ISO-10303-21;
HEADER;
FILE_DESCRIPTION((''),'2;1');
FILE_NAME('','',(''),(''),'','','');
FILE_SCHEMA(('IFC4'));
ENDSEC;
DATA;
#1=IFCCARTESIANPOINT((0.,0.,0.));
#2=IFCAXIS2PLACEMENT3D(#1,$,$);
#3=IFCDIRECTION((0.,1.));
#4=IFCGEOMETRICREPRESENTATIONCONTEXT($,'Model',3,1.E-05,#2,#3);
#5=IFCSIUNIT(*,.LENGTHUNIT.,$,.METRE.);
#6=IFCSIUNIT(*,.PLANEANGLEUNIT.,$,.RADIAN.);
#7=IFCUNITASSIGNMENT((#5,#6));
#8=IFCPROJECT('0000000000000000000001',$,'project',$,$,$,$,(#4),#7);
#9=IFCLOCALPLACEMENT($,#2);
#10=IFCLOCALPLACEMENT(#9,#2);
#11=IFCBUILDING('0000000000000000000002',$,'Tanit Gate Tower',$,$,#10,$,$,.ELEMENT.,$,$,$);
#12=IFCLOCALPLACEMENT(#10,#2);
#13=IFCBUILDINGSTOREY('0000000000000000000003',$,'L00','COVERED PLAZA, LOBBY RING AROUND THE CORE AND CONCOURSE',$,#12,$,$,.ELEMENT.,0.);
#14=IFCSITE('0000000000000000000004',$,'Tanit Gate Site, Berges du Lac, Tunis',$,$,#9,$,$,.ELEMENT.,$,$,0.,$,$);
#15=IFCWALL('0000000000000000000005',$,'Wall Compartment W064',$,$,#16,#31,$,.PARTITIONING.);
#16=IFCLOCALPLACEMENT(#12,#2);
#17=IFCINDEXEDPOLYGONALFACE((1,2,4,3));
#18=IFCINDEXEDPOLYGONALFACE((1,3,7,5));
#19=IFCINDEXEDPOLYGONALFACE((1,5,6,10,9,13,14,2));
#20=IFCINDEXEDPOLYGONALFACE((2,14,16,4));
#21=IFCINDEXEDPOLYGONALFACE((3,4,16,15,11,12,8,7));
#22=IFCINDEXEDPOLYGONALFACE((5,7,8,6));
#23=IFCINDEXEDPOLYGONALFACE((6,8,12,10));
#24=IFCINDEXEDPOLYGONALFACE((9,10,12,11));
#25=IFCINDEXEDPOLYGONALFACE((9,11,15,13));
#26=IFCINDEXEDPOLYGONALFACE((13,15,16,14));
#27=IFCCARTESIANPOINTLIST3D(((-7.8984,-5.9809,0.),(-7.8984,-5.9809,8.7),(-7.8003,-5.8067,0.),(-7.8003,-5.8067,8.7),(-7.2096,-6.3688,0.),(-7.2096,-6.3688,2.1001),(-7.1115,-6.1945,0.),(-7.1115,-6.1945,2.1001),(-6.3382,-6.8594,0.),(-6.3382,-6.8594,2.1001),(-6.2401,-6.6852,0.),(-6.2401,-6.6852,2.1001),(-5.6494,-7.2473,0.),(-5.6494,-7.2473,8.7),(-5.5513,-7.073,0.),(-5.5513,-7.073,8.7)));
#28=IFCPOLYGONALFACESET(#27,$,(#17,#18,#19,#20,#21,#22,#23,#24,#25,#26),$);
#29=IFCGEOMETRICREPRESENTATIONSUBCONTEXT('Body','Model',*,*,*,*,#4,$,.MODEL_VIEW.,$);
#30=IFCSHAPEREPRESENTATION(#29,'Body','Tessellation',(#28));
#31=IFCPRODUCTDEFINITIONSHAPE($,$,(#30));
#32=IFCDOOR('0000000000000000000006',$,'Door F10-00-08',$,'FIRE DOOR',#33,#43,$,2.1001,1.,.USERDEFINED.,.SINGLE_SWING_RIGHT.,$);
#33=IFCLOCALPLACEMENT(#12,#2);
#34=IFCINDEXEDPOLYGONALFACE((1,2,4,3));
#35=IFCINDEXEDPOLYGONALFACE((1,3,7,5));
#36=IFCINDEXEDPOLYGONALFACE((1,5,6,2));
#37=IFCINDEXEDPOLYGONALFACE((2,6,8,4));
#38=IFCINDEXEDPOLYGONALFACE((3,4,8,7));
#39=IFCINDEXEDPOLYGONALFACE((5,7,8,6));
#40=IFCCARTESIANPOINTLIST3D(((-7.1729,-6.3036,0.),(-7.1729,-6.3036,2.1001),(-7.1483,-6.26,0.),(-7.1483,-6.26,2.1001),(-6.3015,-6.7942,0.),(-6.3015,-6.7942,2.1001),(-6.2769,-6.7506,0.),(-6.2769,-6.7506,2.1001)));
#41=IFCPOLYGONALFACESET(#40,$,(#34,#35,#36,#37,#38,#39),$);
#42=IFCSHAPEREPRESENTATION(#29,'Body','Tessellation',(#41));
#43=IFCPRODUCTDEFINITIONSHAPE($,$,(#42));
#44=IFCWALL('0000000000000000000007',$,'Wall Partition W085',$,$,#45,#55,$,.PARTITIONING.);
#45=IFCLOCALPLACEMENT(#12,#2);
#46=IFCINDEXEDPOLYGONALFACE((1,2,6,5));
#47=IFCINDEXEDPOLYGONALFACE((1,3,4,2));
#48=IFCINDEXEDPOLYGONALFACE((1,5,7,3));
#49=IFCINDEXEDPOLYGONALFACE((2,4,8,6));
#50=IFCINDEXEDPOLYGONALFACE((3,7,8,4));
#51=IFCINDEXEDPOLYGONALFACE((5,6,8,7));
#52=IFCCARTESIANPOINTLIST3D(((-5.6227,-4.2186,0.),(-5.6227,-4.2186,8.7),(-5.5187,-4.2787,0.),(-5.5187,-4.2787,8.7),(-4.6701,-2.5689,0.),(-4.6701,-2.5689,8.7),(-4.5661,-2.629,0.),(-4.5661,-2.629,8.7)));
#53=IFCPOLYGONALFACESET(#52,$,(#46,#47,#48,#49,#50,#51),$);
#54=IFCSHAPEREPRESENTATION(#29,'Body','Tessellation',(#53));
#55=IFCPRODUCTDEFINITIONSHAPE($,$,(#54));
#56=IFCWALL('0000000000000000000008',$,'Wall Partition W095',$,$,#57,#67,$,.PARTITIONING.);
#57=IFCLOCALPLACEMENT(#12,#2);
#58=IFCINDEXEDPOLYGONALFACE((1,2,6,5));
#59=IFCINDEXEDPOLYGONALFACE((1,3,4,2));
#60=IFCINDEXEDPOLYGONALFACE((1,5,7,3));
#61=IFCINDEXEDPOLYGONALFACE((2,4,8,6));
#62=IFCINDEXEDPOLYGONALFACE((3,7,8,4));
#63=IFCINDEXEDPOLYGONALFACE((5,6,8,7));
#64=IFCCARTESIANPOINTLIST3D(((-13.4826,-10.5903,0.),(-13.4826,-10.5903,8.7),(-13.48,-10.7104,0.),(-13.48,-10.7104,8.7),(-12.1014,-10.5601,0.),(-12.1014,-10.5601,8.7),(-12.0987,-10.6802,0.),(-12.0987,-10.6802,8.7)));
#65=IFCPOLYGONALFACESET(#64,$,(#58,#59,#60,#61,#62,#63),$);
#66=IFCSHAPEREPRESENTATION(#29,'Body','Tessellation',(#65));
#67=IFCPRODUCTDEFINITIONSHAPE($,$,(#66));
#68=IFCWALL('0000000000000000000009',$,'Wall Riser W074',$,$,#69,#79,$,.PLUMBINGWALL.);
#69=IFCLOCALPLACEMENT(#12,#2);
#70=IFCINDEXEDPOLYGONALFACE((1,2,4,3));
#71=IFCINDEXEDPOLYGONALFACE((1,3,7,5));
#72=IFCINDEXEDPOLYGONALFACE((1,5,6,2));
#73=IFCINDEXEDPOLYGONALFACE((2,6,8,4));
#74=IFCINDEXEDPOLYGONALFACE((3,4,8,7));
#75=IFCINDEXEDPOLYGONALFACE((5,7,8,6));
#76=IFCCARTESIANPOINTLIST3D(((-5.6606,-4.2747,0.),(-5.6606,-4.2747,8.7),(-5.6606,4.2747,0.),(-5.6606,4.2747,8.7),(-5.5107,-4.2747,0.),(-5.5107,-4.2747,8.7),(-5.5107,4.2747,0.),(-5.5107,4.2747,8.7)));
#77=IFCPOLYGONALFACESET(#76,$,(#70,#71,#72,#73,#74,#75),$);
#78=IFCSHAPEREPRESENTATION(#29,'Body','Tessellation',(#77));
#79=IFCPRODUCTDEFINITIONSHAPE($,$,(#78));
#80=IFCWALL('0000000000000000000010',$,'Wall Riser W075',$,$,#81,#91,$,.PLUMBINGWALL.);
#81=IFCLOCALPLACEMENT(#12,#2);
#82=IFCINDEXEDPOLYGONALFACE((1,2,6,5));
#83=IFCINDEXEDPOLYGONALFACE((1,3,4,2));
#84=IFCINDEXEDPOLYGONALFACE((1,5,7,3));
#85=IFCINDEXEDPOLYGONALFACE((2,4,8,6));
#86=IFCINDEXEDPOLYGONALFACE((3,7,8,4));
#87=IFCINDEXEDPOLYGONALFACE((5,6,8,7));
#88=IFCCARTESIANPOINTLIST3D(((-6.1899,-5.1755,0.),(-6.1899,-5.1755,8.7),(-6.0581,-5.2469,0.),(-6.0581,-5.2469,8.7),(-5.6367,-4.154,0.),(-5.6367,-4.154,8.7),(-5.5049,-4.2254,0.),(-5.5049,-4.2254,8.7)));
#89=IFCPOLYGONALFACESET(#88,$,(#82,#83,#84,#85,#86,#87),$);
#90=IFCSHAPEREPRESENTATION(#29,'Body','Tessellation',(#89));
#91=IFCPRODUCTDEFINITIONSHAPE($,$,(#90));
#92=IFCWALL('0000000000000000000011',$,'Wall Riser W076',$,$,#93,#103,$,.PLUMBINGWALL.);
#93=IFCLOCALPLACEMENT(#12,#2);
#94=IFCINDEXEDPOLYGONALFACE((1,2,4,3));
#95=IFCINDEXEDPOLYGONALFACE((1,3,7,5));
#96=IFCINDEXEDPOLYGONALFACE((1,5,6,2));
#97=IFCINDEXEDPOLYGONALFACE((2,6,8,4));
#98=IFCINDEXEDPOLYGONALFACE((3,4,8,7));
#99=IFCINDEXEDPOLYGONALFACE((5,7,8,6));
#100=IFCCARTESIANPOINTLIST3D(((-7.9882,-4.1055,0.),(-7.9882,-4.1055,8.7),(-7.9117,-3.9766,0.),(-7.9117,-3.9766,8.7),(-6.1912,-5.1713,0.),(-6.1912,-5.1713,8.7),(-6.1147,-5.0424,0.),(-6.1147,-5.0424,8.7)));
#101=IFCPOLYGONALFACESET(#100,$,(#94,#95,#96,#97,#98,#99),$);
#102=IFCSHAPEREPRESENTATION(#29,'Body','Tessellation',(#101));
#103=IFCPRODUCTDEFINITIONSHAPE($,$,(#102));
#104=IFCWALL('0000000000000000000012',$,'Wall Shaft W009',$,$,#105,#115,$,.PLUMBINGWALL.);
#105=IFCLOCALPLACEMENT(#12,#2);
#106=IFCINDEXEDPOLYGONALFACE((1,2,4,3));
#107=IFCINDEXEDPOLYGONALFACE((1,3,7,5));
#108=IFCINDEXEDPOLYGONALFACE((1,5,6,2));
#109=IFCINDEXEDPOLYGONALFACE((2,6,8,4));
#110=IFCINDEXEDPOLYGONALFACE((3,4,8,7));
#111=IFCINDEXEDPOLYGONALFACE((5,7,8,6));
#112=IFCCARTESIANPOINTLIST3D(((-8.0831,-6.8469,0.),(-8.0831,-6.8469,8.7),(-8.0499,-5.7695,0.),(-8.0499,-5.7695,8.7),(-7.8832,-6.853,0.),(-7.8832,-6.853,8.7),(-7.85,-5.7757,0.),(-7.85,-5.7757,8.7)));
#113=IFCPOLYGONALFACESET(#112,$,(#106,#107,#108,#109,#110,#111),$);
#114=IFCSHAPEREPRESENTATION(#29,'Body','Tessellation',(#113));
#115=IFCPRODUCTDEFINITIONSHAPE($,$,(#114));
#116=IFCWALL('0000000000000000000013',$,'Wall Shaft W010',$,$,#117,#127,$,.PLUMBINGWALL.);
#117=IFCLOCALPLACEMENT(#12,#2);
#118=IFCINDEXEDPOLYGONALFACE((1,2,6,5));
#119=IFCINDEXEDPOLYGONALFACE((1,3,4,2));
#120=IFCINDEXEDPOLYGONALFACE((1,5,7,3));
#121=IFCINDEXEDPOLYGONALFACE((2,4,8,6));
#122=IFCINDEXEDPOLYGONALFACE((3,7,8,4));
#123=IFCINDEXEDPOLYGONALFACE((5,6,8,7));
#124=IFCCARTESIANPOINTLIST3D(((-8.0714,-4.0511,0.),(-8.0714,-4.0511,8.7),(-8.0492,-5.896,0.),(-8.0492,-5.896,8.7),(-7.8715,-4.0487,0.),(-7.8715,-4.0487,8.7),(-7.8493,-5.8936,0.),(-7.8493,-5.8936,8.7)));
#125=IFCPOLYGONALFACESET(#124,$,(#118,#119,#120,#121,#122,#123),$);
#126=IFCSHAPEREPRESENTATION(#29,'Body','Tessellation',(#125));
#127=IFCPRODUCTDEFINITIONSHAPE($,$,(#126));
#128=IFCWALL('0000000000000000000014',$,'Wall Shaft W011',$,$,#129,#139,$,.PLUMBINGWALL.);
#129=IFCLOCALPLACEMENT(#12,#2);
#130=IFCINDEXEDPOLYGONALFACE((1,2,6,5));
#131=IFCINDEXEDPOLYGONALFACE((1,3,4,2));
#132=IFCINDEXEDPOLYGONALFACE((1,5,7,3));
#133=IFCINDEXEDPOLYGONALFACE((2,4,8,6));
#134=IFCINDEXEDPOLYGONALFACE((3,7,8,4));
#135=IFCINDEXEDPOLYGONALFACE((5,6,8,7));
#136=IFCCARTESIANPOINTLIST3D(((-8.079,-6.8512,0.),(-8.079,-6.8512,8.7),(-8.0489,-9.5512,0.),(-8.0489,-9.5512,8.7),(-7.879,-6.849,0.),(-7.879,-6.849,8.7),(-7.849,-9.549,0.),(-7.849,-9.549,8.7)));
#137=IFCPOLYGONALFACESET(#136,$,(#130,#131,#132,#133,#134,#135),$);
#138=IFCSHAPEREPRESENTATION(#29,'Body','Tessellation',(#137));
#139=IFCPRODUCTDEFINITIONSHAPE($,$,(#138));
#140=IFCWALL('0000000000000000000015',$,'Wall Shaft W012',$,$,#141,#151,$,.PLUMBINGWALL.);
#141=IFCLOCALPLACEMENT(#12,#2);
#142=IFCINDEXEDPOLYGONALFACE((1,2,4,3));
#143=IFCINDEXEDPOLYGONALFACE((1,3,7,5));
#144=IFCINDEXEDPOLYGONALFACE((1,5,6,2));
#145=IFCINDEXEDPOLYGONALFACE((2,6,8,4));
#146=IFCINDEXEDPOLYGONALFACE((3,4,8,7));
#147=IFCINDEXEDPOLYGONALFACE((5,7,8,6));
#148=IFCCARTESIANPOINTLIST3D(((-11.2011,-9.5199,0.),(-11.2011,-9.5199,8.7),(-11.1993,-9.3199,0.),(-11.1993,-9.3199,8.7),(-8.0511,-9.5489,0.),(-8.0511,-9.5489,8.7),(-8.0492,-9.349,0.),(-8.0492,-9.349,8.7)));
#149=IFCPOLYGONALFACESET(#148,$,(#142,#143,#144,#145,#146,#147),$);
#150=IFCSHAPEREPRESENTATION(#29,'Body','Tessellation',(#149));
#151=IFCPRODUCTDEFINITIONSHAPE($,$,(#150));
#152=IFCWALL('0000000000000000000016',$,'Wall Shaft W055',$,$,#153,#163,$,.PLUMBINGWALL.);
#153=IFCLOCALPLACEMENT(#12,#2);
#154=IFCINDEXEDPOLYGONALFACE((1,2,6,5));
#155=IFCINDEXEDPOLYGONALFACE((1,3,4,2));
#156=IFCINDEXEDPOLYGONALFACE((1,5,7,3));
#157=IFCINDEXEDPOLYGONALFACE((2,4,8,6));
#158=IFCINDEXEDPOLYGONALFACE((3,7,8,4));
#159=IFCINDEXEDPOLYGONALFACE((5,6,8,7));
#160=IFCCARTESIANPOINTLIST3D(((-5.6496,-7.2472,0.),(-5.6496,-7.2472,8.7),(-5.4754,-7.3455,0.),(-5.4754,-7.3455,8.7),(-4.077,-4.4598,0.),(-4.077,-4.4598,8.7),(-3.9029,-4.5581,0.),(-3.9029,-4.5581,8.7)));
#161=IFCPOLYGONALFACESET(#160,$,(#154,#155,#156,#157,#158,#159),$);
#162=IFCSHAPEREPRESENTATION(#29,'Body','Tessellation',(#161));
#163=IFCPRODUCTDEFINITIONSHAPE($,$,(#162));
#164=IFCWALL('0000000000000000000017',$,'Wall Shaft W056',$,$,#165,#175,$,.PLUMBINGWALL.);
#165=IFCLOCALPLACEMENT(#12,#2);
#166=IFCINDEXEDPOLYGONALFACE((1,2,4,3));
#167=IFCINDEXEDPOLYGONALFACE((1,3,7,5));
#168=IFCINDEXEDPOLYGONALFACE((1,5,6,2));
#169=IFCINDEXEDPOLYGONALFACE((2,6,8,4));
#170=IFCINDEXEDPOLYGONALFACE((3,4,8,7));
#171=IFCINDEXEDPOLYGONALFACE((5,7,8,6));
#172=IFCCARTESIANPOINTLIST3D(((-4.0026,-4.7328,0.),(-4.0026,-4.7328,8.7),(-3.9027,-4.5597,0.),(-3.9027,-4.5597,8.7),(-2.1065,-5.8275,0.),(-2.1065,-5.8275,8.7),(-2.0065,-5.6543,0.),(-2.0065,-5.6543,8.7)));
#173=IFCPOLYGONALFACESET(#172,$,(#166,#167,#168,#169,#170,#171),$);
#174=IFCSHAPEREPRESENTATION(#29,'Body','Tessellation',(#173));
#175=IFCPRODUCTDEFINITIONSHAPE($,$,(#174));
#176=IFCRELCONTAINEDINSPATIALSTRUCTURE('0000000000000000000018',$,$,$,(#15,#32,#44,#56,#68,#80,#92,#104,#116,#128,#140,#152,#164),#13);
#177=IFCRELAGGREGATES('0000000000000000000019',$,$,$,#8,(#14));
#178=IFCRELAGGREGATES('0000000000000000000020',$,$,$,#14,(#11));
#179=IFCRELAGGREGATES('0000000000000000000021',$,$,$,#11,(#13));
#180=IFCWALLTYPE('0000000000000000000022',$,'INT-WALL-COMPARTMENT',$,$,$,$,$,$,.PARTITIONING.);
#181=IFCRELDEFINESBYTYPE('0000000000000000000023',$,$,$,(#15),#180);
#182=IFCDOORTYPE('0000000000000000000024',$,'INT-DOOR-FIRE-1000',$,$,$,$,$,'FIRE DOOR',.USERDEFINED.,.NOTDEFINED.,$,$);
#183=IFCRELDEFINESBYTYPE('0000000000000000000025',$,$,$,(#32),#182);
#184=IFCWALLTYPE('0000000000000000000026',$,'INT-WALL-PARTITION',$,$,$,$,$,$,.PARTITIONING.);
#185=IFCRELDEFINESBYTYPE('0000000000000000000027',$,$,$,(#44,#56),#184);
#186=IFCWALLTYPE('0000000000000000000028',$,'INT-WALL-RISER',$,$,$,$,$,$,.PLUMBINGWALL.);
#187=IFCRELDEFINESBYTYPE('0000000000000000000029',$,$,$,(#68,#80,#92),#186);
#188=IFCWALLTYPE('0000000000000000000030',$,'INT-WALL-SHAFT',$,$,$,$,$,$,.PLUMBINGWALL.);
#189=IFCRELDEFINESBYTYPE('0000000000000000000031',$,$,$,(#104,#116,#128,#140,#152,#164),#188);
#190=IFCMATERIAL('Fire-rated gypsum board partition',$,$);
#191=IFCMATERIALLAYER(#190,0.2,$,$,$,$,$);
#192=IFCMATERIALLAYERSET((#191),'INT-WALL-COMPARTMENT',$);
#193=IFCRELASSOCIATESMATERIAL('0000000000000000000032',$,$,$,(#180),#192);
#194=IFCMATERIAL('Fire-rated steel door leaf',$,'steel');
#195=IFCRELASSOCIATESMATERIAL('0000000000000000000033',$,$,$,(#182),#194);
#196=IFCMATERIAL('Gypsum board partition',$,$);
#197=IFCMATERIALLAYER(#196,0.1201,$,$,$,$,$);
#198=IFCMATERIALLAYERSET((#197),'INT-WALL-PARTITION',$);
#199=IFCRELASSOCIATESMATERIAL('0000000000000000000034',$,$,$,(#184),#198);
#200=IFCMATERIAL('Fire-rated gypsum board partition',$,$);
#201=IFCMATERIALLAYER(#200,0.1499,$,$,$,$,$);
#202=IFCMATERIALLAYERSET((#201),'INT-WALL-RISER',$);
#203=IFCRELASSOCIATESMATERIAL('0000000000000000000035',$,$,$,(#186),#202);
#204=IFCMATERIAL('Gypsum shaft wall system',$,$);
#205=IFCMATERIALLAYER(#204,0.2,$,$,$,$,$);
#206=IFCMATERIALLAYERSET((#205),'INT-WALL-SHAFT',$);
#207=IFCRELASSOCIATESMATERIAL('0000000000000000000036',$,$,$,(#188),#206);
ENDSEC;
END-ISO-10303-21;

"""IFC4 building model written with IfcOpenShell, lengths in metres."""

from ifc_helpers import new_model, si_unit, direction, frame, frame_2d, origin, place, context, subcontext, project, spatial, rectangle, extrude, material, layer, layer_set, type_object, element, fill, save


model = new_model("IFC4")

# Units and contexts
model_context = context("Model", 3, precision=1e-05, world=origin(), true_north=direction((0.0, 1.0)))
body_context = subcontext(model_context, "Body", "Model", "MODEL_VIEW")
ifc_project = project(units=[si_unit("LENGTHUNIT", "METRE"), si_unit("PLANEANGLEUNIT", "RADIAN")], contexts=[model_context])

# Site, building, storey
site_placement = place(None, origin())
site = spatial("IfcSite", under=ifc_project, at=site_placement, Name="Tanit Gate Site, Berges du Lac, Tunis", CompositionType="ELEMENT", RefElevation=0.0)
building_placement = place(site_placement, origin())
building = spatial("IfcBuilding", under=site, at=building_placement, Name="Tanit Gate Tower", CompositionType="ELEMENT")
storey_placement = place(building_placement, origin())
storey = spatial("IfcBuildingStorey", under=building, at=storey_placement, Name="L00", Description="COVERED PLAZA, LOBBY RING AROUND THE CORE AND CONCOURSE", CompositionType="ELEMENT", Elevation=0.0)

# Wall, opening, door
ifc_material_1 = material(Name="Fire-rated gypsum board partition")
ifc_layer_1 = layer(ifc_material_1, 0.2)
ifc_layer_set_1 = layer_set([ifc_layer_1], Name="INT-WALL-COMPARTMENT")
wall_type_1 = type_object("IfcWallType", Name="INT-WALL-COMPARTMENT", PredefinedType="PARTITIONING", material=ifc_layer_set_1)
wall_1_placement = place(storey_placement, frame((-7.8494, -5.8938, 0.0), z_axis=(0.0, 0.0, 1.0), x_axis=(0.871363, -0.490638, 0.0)))
wall_1 = element("IfcWall", 1, at=wall_1_placement, inside=storey, type_object=wall_type_1, Name="Wall Compartment W064", PredefinedType="PARTITIONING", context=body_context, shape_type="SweptSolid", body=[
    extrude(rectangle(XDim=2.5811, YDim=0.2, at=frame_2d((1.2905, 0.0))), origin(), (0.0, 0.0, 1.0), 8.7),
])
opening_1_placement = place(wall_1_placement, frame((0.7905, 0.0, 0.0)))
opening_1 = element("IfcOpeningElement", 2, at=opening_1_placement, cuts=wall_1, PredefinedType="OPENING", context=body_context, shape_type="SweptSolid", body=[
    extrude(rectangle(XDim=1.0, YDim=2.1001, at=frame_2d((0.5, 1.05))), frame((0.0, 0.1099, 0.0), z_axis=(0.0, -1.0, 0.0), x_axis=(1.0, 0.0, 0.0)), (0.0, 0.0, 1.0), 0.22),
])
ifc_material_2 = material(Name="Fire-rated steel door leaf", Category="steel")
door_type_1 = type_object("IfcDoorType", Name="INT-DOOR-FIRE-1000", ElementType="FIRE DOOR", OperationType="NOTDEFINED", PredefinedType="USERDEFINED", material=ifc_material_2)
door_1_placement = place(opening_1_placement, origin())
door_1 = element("IfcDoor", 3, at=door_1_placement, inside=storey, type_object=door_type_1, Name="Door F10-00-08", ObjectType="FIRE DOOR", OperationType="SINGLE_SWING_RIGHT", OverallHeight=2.1001, OverallWidth=1.0, PredefinedType="USERDEFINED", context=body_context, shape_type="SweptSolid", body=[
    extrude(rectangle(XDim=1.0, YDim=2.1001, at=frame_2d((0.5, 1.05))), frame((0.0, 0.0249, 0.0), z_axis=(0.0, -1.0, 0.0), x_axis=(1.0, 0.0, 0.0)), (0.0, 0.0, 1.0), 0.05),
])
fill(opening_1, door_1)

# Walls
ifc_material_3 = material(Name="Gypsum board partition")
ifc_layer_2 = layer(ifc_material_3, 0.1201)
ifc_layer_set_2 = layer_set([ifc_layer_2], Name="INT-WALL-PARTITION")
wall_type_2 = type_object("IfcWallType", Name="INT-WALL-PARTITION", PredefinedType="PARTITIONING", material=ifc_layer_set_2)
wall_2_placement = place(storey_placement, frame((-5.5708, -4.2488, 0.0), z_axis=(0.0, 0.0, 1.0), x_axis=(0.500081, 0.865979, 0.0)))
element("IfcWall", 4, at=wall_2_placement, inside=storey, type_object=wall_type_2, Name="Wall Partition W085", PredefinedType="PARTITIONING", context=body_context, shape_type="SweptSolid", body=[
    extrude(rectangle(XDim=1.905, YDim=0.1201, at=frame_2d((0.9526, 0.0))), origin(), (0.0, 0.0, 1.0), 8.7),
])
wall_3_placement = place(storey_placement, frame((-13.4814, -10.6504, 0.0), z_axis=(0.0, 0.0, 1.0), x_axis=(0.99976, 0.021911, 0.0)))
element("IfcWall", 5, at=wall_3_placement, inside=storey, type_object=wall_type_2, Name="Wall Partition W095", PredefinedType="PARTITIONING", context=body_context, shape_type="SweptSolid", body=[
    extrude(rectangle(XDim=1.3816, YDim=0.1201, at=frame_2d((0.6909, 0.0))), origin(), (0.0, 0.0, 1.0), 8.7),
])
ifc_material_4 = material(Name="Fire-rated gypsum board partition")
ifc_layer_3 = layer(ifc_material_4, 0.1499)
ifc_layer_set_3 = layer_set([ifc_layer_3], Name="INT-WALL-RISER")
wall_type_3 = type_object("IfcWallType", Name="INT-WALL-RISER", PredefinedType="PLUMBINGWALL", material=ifc_layer_set_3)
wall_4_placement = place(storey_placement, frame((-5.5857, -4.2747, 0.0), z_axis=(0.0, 0.0, 1.0), x_axis=(0.0, 1.0, 0.0)))
element("IfcWall", 6, at=wall_4_placement, inside=storey, type_object=wall_type_3, Name="Wall Riser W074", PredefinedType="PLUMBINGWALL", context=body_context, shape_type="SweptSolid", body=[
    extrude(rectangle(XDim=8.5493, YDim=0.1499, at=frame_2d((4.2747, 0.0))), origin(), (0.0, 0.0, 1.0), 8.7),
])
wall_5_placement = place(storey_placement, frame((-6.124, -5.2112, 0.0), z_axis=(0.0, 0.0, 1.0), x_axis=(0.476229, 0.879321, 0.0)))
element("IfcWall", 7, at=wall_5_placement, inside=storey, type_object=wall_type_3, Name="Wall Riser W075", PredefinedType="PLUMBINGWALL", context=body_context, shape_type="SweptSolid", body=[
    extrude(rectangle(XDim=1.1616, YDim=0.1499, at=frame_2d((0.5808, 0.0))), origin(), (0.0, 0.0, 1.0), 8.7),
])
wall_6_placement = place(storey_placement, frame((-7.95, -4.041, 0.0), z_axis=(0.0, 0.0, 1.0), x_axis=(0.86009, -0.510142, 0.0)))
element("IfcWall", 8, at=wall_6_placement, inside=storey, type_object=wall_type_3, Name="Wall Riser W076", PredefinedType="PLUMBINGWALL", context=body_context, shape_type="SweptSolid", body=[
    extrude(rectangle(XDim=2.0894, YDim=0.1499, at=frame_2d((1.0447, 0.0))), origin(), (0.0, 0.0, 1.0), 8.7),
])
ifc_material_5 = material(Name="Gypsum shaft wall system")
ifc_layer_4 = layer(ifc_material_5, 0.2)
ifc_layer_set_4 = layer_set([ifc_layer_4], Name="INT-WALL-SHAFT")
wall_type_4 = type_object("IfcWallType", Name="INT-WALL-SHAFT", PredefinedType="PLUMBINGWALL", material=ifc_layer_set_4)
wall_7_placement = place(storey_placement, frame((-7.95, -5.7725, 0.0), z_axis=(0.0, 0.0, 1.0), x_axis=(-0.030803, -0.999525, 0.0)))
element("IfcWall", 9, at=wall_7_placement, inside=storey, type_object=wall_type_4, Name="Wall Shaft W009", PredefinedType="PLUMBINGWALL", context=body_context, shape_type="SweptSolid", body=[
    extrude(rectangle(XDim=1.0779, YDim=0.2, at=frame_2d((0.5391, 0.0))), origin(), (0.0, 0.0, 1.0), 8.7),
])
wall_8_placement = place(storey_placement, frame((-7.9714, -4.05, 0.0), z_axis=(0.0, 0.0, 1.0), x_axis=(0.012043, -0.999927, 0.0)))
element("IfcWall", 10, at=wall_8_placement, inside=storey, type_object=wall_type_4, Name="Wall Shaft W010", PredefinedType="PLUMBINGWALL", context=body_context, shape_type="SweptSolid", body=[
    extrude(rectangle(XDim=1.845, YDim=0.2, at=frame_2d((0.9224, 0.0))), origin(), (0.0, 0.0, 1.0), 8.7),
])
wall_9_placement = place(storey_placement, frame((-7.979, -6.8501, 0.0), z_axis=(0.0, 0.0, 1.0), x_axis=(0.011121, -0.999938, 0.0)))
element("IfcWall", 11, at=wall_9_placement, inside=storey, type_object=wall_type_4, Name="Wall Shaft W011", PredefinedType="PLUMBINGWALL", context=body_context, shape_type="SweptSolid", body=[
    extrude(rectangle(XDim=2.7002, YDim=0.2, at=frame_2d((1.3501, 0.0))), origin(), (0.0, 0.0, 1.0), 8.7),
])
wall_10_placement = place(storey_placement, frame((-8.05, -9.449, 0.0), z_axis=(0.0, 0.0, 1.0), x_axis=(-0.999957, 0.009223, 0.0)))
element("IfcWall", 12, at=wall_10_placement, inside=storey, type_object=wall_type_4, Name="Wall Shaft W012", PredefinedType="PLUMBINGWALL", context=body_context, shape_type="SweptSolid", body=[
    extrude(rectangle(XDim=3.1501, YDim=0.2, at=frame_2d((1.5752, 0.0))), origin(), (0.0, 0.0, 1.0), 8.7),
])

# Walls
wall_11_placement = place(storey_placement, frame((-3.99, -4.509, 0.0), z_axis=(0.0, 0.0, 1.0), x_axis=(-0.491358, -0.870958, 0.0)))
element("IfcWall", 13, at=wall_11_placement, inside=storey, type_object=wall_type_4, Name="Wall Shaft W055", PredefinedType="PLUMBINGWALL", context=body_context, shape_type="SweptSolid", body=[
    extrude(rectangle(XDim=3.2004, YDim=0.2, at=frame_2d((1.6001, 0.0))), origin(), (0.0, 0.0, 1.0), 8.7),
])
wall_12_placement = place(storey_placement, frame((-3.9526, -4.6462, 0.0), z_axis=(0.0, 0.0, 1.0), x_axis=(0.866039, -0.499977, 0.0)))
element("IfcWall", 14, at=wall_12_placement, inside=storey, type_object=wall_type_4, Name="Wall Shaft W056", PredefinedType="PLUMBINGWALL", context=body_context, shape_type="SweptSolid", body=[
    extrude(rectangle(XDim=2.1895, YDim=0.2, at=frame_2d((1.0947, 0.0))), origin(), (0.0, 0.0, 1.0), 8.7),
])

save(model, "model.ifc")
